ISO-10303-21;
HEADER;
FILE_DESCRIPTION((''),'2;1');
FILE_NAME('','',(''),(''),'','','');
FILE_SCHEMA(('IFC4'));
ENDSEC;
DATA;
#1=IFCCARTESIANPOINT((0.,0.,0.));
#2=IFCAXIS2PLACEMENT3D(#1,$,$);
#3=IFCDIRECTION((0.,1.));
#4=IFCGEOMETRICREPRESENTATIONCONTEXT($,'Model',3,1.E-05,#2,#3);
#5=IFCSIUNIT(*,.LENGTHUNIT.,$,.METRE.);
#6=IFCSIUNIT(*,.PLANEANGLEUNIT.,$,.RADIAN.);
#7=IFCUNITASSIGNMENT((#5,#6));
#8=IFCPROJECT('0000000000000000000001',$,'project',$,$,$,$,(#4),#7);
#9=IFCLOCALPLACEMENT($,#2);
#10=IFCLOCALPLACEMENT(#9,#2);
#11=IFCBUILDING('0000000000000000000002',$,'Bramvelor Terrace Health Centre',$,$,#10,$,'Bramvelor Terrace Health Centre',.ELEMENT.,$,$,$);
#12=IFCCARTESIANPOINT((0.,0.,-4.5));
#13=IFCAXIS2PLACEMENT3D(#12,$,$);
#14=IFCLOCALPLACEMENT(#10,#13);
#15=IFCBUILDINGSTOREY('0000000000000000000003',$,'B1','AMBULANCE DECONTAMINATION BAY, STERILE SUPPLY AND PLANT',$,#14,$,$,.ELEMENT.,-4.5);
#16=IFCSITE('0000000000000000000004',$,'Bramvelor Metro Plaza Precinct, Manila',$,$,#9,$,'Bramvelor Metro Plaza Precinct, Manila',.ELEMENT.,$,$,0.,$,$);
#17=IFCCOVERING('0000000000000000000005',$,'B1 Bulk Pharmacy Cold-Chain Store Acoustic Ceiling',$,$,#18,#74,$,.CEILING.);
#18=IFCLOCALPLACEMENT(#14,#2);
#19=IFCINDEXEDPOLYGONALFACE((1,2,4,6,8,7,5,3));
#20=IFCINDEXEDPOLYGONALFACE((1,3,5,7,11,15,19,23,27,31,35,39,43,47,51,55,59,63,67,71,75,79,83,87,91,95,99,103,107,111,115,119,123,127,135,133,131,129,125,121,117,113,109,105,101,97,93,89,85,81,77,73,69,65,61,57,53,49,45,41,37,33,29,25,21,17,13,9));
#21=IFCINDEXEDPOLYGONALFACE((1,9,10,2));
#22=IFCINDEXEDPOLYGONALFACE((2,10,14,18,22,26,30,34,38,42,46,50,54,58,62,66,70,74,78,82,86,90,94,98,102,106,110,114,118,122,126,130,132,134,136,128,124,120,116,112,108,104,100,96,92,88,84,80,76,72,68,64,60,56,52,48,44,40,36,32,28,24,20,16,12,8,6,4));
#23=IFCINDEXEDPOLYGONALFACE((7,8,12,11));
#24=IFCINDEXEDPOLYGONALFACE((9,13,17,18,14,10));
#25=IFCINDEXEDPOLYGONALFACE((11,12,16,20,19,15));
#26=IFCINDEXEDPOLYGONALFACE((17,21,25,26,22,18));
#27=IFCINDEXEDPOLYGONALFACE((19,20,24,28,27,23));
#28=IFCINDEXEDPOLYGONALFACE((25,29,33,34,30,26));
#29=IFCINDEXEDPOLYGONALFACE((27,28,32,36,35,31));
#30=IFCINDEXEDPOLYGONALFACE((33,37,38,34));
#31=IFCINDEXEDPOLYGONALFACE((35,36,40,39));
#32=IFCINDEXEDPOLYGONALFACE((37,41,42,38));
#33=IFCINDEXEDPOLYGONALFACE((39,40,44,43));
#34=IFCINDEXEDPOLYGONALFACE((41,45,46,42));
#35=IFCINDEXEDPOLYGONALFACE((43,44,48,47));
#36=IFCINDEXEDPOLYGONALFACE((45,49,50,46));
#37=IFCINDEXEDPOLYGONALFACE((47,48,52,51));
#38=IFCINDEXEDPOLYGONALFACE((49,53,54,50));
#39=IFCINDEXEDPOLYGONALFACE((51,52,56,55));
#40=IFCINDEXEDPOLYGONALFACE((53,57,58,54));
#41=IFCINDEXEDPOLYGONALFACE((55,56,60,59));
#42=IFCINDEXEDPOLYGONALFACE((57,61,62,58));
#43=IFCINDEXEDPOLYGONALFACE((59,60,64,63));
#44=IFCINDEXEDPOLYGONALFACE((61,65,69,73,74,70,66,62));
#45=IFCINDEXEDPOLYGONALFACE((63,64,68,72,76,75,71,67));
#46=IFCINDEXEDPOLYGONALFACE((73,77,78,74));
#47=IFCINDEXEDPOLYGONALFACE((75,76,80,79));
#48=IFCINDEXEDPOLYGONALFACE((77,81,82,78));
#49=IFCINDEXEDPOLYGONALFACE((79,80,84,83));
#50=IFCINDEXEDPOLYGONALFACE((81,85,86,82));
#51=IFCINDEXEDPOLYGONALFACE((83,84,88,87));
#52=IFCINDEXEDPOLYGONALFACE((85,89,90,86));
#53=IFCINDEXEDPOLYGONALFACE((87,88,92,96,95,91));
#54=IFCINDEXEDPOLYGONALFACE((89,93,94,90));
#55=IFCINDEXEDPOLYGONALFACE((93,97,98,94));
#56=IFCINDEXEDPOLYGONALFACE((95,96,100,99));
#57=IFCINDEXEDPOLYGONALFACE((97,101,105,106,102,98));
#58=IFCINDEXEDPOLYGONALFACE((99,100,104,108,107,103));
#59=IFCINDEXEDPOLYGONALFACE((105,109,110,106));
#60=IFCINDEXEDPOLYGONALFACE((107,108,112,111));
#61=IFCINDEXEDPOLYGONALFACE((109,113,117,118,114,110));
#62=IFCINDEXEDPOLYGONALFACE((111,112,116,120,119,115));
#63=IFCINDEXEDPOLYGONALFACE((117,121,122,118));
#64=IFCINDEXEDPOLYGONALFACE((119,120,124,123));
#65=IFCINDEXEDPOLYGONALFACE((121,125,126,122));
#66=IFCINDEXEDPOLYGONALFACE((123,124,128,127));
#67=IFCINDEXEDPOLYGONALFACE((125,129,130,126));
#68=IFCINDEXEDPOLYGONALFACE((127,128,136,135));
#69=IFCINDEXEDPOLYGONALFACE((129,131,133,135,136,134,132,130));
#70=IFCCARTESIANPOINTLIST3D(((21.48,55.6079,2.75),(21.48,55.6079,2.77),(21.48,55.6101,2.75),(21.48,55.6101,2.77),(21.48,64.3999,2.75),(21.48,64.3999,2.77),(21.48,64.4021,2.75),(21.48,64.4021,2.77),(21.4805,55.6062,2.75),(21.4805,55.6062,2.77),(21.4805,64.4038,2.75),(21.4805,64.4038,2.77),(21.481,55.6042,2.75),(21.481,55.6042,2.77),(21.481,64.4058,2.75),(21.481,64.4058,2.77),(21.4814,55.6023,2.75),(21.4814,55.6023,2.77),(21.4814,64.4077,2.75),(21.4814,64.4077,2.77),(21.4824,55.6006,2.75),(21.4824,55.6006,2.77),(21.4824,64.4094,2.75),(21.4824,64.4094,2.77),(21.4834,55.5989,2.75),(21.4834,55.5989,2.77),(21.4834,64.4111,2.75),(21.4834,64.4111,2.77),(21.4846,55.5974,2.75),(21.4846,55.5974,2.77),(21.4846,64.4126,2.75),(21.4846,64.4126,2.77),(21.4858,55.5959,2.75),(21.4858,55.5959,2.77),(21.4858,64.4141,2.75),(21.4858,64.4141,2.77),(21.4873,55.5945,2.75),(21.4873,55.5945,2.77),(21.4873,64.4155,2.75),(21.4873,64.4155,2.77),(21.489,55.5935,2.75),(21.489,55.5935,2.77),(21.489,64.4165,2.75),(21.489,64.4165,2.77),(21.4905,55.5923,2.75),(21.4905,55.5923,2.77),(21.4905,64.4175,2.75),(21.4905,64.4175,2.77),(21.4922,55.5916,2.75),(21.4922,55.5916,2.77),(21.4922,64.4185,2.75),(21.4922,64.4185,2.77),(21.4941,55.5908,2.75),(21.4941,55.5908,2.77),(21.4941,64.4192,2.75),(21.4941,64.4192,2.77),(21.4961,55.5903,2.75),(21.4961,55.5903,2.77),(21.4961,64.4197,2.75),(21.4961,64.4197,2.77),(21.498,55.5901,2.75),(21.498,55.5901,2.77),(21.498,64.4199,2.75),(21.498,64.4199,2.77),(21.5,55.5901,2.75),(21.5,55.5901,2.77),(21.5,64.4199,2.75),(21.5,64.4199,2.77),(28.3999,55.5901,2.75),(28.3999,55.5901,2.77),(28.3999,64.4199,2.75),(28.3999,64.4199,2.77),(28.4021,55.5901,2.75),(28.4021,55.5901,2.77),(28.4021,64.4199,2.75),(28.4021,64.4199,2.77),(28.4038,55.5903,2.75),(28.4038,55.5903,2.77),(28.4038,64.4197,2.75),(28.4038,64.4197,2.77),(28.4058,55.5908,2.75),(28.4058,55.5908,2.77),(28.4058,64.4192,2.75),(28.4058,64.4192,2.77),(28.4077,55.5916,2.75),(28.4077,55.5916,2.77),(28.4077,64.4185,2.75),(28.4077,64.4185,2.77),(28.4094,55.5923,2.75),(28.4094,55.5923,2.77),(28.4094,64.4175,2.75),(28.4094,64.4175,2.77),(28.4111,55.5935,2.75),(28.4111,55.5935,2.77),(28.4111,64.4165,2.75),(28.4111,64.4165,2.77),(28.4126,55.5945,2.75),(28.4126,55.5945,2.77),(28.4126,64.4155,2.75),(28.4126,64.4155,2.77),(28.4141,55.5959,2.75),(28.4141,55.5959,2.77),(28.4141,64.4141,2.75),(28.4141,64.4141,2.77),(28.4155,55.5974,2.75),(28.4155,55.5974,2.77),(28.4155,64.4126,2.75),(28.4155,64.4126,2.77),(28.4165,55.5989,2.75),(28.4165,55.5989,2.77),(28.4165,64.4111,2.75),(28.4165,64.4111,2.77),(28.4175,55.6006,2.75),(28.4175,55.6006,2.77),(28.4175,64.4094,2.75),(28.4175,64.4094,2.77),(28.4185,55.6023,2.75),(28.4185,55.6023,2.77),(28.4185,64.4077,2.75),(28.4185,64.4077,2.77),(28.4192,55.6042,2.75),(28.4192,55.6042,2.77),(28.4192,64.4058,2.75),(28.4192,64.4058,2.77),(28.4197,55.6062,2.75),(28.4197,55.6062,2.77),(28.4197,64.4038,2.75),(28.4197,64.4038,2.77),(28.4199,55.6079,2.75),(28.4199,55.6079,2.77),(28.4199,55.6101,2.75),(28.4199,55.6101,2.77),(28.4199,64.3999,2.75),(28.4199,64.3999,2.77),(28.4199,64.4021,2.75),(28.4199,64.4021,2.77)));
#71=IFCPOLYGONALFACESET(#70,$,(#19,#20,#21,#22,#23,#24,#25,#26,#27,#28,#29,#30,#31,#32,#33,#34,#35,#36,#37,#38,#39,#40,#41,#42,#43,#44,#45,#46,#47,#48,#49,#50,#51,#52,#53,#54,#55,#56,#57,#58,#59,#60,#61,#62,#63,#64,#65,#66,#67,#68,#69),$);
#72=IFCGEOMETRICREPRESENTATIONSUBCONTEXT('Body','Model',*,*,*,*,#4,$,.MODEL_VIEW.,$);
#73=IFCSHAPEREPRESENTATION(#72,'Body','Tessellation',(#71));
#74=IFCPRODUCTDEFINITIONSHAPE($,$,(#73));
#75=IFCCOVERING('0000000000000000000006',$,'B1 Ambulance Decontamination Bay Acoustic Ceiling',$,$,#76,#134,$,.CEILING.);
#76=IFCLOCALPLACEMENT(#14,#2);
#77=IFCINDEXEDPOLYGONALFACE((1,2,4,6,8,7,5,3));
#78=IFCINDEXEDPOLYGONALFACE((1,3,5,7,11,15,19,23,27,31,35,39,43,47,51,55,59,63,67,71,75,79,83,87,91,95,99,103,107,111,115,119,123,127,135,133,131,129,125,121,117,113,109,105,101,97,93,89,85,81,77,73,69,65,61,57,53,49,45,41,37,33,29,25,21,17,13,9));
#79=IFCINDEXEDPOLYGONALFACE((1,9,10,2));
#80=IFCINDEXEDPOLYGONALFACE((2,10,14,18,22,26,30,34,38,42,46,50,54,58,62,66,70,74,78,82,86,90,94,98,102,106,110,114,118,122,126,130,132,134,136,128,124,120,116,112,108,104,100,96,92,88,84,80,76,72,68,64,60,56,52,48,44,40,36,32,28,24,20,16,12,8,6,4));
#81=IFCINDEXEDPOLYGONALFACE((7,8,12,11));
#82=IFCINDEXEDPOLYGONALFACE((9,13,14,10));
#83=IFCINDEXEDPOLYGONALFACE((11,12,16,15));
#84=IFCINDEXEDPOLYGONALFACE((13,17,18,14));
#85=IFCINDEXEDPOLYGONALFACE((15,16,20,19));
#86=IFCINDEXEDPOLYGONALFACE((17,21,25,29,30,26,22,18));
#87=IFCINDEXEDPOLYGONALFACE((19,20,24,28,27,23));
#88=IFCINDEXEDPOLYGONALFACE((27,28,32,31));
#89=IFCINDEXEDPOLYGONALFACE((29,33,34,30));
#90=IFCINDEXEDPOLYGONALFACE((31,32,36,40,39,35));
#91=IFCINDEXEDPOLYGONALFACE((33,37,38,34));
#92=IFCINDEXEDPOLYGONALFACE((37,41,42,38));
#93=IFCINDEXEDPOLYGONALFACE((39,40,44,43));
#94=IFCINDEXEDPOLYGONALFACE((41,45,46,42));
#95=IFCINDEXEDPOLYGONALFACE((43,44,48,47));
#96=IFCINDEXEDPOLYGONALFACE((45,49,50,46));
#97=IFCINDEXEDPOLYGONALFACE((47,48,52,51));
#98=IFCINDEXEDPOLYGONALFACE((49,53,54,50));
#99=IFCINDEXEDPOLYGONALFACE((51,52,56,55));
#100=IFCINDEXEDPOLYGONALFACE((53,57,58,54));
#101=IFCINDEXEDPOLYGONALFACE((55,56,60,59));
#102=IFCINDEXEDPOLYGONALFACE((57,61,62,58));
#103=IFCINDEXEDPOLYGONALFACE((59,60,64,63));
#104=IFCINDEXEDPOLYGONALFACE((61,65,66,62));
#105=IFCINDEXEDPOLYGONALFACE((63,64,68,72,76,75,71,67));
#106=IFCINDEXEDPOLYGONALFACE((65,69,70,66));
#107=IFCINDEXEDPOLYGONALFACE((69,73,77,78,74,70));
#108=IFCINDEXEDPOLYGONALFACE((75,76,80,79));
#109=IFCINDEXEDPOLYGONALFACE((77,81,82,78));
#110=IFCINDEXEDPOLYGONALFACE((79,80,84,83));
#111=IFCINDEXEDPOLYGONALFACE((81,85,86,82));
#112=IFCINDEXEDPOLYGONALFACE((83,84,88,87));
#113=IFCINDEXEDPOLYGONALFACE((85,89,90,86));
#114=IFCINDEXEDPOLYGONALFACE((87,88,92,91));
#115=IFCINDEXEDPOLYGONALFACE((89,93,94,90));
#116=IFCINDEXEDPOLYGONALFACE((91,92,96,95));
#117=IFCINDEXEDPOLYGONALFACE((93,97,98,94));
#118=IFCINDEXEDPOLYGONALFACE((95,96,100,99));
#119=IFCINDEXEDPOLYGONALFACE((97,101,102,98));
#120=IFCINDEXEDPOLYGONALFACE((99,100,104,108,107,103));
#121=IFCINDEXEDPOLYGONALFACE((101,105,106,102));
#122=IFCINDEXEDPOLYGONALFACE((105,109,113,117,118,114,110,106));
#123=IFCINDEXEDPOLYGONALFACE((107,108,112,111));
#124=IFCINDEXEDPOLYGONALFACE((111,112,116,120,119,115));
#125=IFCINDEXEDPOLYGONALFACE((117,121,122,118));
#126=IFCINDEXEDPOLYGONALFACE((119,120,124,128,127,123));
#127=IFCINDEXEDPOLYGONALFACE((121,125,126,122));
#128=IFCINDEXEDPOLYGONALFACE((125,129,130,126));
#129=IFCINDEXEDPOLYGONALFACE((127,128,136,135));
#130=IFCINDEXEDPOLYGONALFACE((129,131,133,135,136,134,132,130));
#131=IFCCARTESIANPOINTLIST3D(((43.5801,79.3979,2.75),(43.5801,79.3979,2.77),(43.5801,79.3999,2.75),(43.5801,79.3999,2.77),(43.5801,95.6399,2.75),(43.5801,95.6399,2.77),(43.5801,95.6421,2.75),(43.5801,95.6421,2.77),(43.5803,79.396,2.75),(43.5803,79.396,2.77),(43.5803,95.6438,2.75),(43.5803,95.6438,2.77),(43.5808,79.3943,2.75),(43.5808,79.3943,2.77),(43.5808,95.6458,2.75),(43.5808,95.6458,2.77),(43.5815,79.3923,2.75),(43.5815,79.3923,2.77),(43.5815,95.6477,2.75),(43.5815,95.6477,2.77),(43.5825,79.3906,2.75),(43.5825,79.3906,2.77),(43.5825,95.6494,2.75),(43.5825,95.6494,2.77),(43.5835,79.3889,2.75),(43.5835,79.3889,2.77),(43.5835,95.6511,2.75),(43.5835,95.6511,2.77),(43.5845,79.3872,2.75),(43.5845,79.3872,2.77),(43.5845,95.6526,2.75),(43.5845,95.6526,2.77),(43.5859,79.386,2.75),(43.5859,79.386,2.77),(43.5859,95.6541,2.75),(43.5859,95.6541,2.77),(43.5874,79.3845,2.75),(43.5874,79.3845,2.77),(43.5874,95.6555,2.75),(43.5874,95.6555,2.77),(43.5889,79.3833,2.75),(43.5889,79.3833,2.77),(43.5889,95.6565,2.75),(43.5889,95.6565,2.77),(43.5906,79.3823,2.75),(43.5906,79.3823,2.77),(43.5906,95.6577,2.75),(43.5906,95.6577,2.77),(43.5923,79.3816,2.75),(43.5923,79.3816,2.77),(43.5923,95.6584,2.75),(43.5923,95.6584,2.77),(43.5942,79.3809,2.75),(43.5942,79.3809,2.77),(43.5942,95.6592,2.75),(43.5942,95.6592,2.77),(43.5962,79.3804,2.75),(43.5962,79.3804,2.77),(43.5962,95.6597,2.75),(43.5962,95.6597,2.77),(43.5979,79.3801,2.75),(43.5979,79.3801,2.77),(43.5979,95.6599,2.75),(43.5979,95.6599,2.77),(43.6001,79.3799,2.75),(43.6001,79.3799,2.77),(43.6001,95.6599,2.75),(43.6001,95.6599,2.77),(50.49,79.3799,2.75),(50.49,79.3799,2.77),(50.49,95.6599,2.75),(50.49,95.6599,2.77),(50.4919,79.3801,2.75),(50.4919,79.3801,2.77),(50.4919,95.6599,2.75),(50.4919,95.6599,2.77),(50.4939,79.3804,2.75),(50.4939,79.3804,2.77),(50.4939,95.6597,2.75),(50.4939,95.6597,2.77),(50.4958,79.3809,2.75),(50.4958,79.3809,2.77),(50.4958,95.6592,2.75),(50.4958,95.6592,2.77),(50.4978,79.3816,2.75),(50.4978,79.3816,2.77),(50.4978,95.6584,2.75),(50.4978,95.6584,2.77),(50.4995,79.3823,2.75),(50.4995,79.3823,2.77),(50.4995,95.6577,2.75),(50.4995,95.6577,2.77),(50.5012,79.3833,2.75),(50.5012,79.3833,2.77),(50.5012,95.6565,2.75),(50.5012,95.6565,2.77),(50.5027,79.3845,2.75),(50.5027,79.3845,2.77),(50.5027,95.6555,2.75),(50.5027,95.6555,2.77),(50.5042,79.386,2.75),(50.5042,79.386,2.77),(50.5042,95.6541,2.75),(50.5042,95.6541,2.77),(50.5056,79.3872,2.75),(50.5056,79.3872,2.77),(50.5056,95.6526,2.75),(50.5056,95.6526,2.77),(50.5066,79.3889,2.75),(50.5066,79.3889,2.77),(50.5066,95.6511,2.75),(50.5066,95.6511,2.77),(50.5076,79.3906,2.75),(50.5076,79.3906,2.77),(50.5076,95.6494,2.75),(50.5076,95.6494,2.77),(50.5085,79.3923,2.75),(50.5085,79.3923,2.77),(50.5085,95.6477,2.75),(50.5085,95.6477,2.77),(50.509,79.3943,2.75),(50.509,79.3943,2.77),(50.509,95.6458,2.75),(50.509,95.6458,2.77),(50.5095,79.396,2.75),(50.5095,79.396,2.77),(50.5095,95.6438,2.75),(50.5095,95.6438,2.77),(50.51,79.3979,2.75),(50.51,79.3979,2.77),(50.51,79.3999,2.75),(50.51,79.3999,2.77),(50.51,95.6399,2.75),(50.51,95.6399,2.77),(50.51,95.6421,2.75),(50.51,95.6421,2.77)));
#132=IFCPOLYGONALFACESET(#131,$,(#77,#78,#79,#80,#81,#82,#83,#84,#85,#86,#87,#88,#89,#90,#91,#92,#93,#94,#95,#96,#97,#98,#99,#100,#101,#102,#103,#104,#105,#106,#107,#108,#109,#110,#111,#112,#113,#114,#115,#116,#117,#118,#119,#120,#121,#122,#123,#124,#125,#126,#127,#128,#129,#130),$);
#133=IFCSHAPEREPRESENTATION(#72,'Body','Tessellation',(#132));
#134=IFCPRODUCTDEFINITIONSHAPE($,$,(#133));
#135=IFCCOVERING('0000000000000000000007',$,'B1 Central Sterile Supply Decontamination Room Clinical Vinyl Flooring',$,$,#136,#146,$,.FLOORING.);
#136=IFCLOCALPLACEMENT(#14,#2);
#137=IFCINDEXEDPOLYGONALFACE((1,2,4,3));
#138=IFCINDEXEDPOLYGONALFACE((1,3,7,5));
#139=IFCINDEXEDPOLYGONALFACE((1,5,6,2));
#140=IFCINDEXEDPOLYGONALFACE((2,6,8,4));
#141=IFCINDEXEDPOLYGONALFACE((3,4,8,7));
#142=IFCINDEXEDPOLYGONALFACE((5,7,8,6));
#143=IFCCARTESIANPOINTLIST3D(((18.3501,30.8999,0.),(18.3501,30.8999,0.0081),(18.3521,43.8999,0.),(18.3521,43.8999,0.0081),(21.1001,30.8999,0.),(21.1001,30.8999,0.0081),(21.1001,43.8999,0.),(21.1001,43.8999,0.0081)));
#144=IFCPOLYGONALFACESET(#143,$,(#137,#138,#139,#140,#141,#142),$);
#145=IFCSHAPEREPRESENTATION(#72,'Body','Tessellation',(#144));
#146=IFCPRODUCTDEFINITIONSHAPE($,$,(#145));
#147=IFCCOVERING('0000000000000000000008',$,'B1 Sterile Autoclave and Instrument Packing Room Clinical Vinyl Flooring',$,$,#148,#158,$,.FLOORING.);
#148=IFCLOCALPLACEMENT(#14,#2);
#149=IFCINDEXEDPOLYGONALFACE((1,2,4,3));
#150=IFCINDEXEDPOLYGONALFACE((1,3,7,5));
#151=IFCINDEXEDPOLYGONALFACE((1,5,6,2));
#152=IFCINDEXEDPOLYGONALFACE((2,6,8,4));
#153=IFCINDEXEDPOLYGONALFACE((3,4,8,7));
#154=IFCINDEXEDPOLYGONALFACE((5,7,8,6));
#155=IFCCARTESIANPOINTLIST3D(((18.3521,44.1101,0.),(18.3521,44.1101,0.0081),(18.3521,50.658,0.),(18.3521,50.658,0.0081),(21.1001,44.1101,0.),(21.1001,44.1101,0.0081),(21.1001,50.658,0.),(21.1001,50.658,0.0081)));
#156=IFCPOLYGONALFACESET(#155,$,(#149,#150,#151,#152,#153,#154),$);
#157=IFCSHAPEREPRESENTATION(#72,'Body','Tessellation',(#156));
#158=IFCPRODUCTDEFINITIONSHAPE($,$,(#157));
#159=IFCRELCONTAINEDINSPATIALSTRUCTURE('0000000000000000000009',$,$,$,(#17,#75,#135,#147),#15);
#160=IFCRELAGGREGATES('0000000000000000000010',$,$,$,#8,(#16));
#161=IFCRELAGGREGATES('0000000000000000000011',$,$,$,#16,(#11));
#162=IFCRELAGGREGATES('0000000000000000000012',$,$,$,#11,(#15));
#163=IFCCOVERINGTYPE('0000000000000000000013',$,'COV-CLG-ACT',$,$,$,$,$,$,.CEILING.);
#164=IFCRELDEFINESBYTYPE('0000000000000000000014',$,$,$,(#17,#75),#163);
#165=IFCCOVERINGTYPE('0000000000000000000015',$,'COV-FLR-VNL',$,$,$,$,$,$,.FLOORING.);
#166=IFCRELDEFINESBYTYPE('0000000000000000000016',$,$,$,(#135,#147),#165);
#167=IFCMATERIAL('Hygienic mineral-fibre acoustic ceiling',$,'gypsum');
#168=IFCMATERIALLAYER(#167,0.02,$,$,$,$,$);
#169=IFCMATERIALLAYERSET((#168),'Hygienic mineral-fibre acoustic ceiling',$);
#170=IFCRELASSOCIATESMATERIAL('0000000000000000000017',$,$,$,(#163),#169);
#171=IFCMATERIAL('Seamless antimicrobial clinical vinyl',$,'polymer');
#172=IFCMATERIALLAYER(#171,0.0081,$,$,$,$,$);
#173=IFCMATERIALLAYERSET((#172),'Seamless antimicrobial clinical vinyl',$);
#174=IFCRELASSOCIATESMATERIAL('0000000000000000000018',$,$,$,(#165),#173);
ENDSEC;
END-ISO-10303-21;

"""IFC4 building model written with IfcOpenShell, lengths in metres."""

from ifc_helpers import new_model, si_unit, direction, frame, origin, place, context, subcontext, project, spatial, polyline, outline, extrude, material, layer, layer_set, type_object, element, save


model = new_model("IFC4")

# Units and contexts
model_context = context("Model", 3, precision=1e-05, world=origin(), true_north=direction((0.0, 1.0)))
body_context = subcontext(model_context, "Body", "Model", "MODEL_VIEW")
ifc_project = project(units=[si_unit("LENGTHUNIT", "METRE"), si_unit("PLANEANGLEUNIT", "RADIAN")], contexts=[model_context])

# Site, building, storey
site_placement = place(None, origin())
site = spatial("IfcSite", under=ifc_project, at=site_placement, Name="Bramvelor Metro Plaza Precinct, Manila", LongName="Bramvelor Metro Plaza Precinct, Manila", CompositionType="ELEMENT", RefElevation=0.0)
building_placement = place(site_placement, origin())
building = spatial("IfcBuilding", under=site, at=building_placement, Name="Bramvelor Terrace Health Centre", LongName="Bramvelor Terrace Health Centre", CompositionType="ELEMENT")
storey_placement = place(building_placement, frame((0.0, 0.0, -4.5)))
storey = spatial("IfcBuildingStorey", under=building, at=storey_placement, Name="B1", Description="AMBULANCE DECONTAMINATION BAY, STERILE SUPPLY AND PLANT", CompositionType="ELEMENT", Elevation=-4.5)

# Coverings
ifc_material_1 = material(Name="Hygienic mineral-fibre acoustic ceiling", Category="gypsum")
ifc_layer_1 = layer(ifc_material_1, 0.02)
ifc_layer_set_1 = layer_set([ifc_layer_1], Name="Hygienic mineral-fibre acoustic ceiling")
covering_type_1 = type_object("IfcCoveringType", Name="COV-CLG-ACT", PredefinedType="CEILING", material=ifc_layer_set_1)
covering_1_placement = place(storey_placement, frame((0.0, 0.0, 2.75)))
element("IfcCovering", 1, at=covering_1_placement, inside=storey, type_object=covering_type_1, Name="B1 Bulk Pharmacy Cold-Chain Store Acoustic Ceiling", PredefinedType="CEILING", context=body_context, shape_type="SweptSolid", body=[
    extrude(outline(polyline([(21.48, 64.3999), (21.48, 64.4021), (21.4805, 64.4038), (21.481, 64.4058), (21.4814, 64.4077), (21.4824, 64.4094), (21.4834, 64.4111), (21.4846, 64.4126), (21.4858, 64.4141), (21.4873, 64.4155), (21.489, 64.4165), (21.4905, 64.4175), (21.4922, 64.4185), (21.4941, 64.4192), (21.4961, 64.4197), (21.498, 64.4199), (21.5, 64.4199), (28.3999, 64.4199), (28.4021, 64.4199), (28.4038, 64.4197), (28.4058, 64.4192), (28.4077, 64.4185), (28.4094, 64.4175), (28.4111, 64.4165), (28.4126, 64.4155), (28.4141, 64.4141), (28.4155, 64.4126), (28.4165, 64.4111), (28.4175, 64.4094), (28.4185, 64.4077), (28.4192, 64.4058), (28.4197, 64.4038), (28.4199, 64.4021), (28.4199, 64.3999), (28.4199, 55.6101), (28.4199, 55.6079), (28.4197, 55.6062), (28.4192, 55.6042), (28.4185, 55.6023), (28.4175, 55.6006), (28.4165, 55.5989), (28.4155, 55.5974), (28.4141, 55.5959), (28.4126, 55.5945), (28.4111, 55.5935), (28.4094, 55.5923), (28.4077, 55.5916), (28.4058, 55.5908), (28.4038, 55.5903), (28.4021, 55.5901), (28.3999, 55.5901), (21.5, 55.5901), (21.498, 55.5901), (21.4961, 55.5903), (21.4941, 55.5908), (21.4922, 55.5916), (21.4905, 55.5923), (21.489, 55.5935), (21.4873, 55.5945), (21.4858, 55.5959), (21.4846, 55.5974), (21.4834, 55.5989), (21.4824, 55.6006), (21.4814, 55.6023), (21.481, 55.6042), (21.4805, 55.6062), (21.48, 55.6079), (21.48, 55.6101), (21.48, 64.3999)])), origin(), (0.0, 0.0, 1.0), 0.02),
])
covering_2_placement = place(storey_placement, frame((0.0, 0.0, 2.75)))
element("IfcCovering", 2, at=covering_2_placement, inside=storey, type_object=covering_type_1, Name="B1 Ambulance Decontamination Bay Acoustic Ceiling", PredefinedType="CEILING", context=body_context, shape_type="SweptSolid", body=[
    extrude(outline(polyline([(43.6001, 79.3799), (43.5979, 79.3801), (43.5962, 79.3804), (43.5942, 79.3809), (43.5923, 79.3816), (43.5906, 79.3823), (43.5889, 79.3833), (43.5874, 79.3845), (43.5859, 79.386), (43.5845, 79.3872), (43.5835, 79.3889), (43.5825, 79.3906), (43.5815, 79.3923), (43.5808, 79.3943), (43.5803, 79.396), (43.5801, 79.3979), (43.5801, 79.3999), (43.5801, 95.6399), (43.5801, 95.6421), (43.5803, 95.6438), (43.5808, 95.6458), (43.5815, 95.6477), (43.5825, 95.6494), (43.5835, 95.6511), (43.5845, 95.6526), (43.5859, 95.6541), (43.5874, 95.6555), (43.5889, 95.6565), (43.5906, 95.6577), (43.5923, 95.6584), (43.5942, 95.6592), (43.5962, 95.6597), (43.5979, 95.6599), (43.6001, 95.6599), (50.49, 95.6599), (50.4919, 95.6599), (50.4939, 95.6597), (50.4958, 95.6592), (50.4978, 95.6584), (50.4995, 95.6577), (50.5012, 95.6565), (50.5027, 95.6555), (50.5042, 95.6541), (50.5056, 95.6526), (50.5066, 95.6511), (50.5076, 95.6494), (50.5085, 95.6477), (50.509, 95.6458), (50.5095, 95.6438), (50.51, 95.6421), (50.51, 95.6399), (50.51, 79.3999), (50.51, 79.3979), (50.5095, 79.396), (50.509, 79.3943), (50.5085, 79.3923), (50.5076, 79.3906), (50.5066, 79.3889), (50.5056, 79.3872), (50.5042, 79.386), (50.5027, 79.3845), (50.5012, 79.3833), (50.4995, 79.3823), (50.4978, 79.3816), (50.4958, 79.3809), (50.4939, 79.3804), (50.4919, 79.3801), (50.49, 79.3799), (43.6001, 79.3799)])), origin(), (0.0, 0.0, 1.0), 0.02),
])
ifc_material_2 = material(Name="Seamless antimicrobial clinical vinyl", Category="polymer")
ifc_layer_2 = layer(ifc_material_2, 0.0081)
ifc_layer_set_2 = layer_set([ifc_layer_2], Name="Seamless antimicrobial clinical vinyl")
covering_type_2 = type_object("IfcCoveringType", Name="COV-FLR-VNL", PredefinedType="FLOORING", material=ifc_layer_set_2)
covering_3_placement = place(storey_placement, origin())
element("IfcCovering", 3, at=covering_3_placement, inside=storey, type_object=covering_type_2, Name="B1 Central Sterile Supply Decontamination Room Clinical Vinyl Flooring", PredefinedType="FLOORING", context=body_context, shape_type="SweptSolid", body=[
    extrude(outline(polyline([(18.3501, 30.8999), (18.3521, 43.8999), (21.1001, 43.8999), (21.1001, 30.8999), (18.3501, 30.8999)])), origin(), (0.0, 0.0, 1.0), 0.0081),
])
covering_4_placement = place(storey_placement, origin())
element("IfcCovering", 4, at=covering_4_placement, inside=storey, type_object=covering_type_2, Name="B1 Sterile Autoclave and Instrument Packing Room Clinical Vinyl Flooring", PredefinedType="FLOORING", context=body_context, shape_type="SweptSolid", body=[
    extrude(outline(polyline([(21.1001, 44.1101), (18.3521, 44.1101), (18.3521, 50.658), (21.1001, 50.658), (21.1001, 44.1101)])), origin(), (0.0, 0.0, 1.0), 0.0081),
])

save(model, "model.ifc")
